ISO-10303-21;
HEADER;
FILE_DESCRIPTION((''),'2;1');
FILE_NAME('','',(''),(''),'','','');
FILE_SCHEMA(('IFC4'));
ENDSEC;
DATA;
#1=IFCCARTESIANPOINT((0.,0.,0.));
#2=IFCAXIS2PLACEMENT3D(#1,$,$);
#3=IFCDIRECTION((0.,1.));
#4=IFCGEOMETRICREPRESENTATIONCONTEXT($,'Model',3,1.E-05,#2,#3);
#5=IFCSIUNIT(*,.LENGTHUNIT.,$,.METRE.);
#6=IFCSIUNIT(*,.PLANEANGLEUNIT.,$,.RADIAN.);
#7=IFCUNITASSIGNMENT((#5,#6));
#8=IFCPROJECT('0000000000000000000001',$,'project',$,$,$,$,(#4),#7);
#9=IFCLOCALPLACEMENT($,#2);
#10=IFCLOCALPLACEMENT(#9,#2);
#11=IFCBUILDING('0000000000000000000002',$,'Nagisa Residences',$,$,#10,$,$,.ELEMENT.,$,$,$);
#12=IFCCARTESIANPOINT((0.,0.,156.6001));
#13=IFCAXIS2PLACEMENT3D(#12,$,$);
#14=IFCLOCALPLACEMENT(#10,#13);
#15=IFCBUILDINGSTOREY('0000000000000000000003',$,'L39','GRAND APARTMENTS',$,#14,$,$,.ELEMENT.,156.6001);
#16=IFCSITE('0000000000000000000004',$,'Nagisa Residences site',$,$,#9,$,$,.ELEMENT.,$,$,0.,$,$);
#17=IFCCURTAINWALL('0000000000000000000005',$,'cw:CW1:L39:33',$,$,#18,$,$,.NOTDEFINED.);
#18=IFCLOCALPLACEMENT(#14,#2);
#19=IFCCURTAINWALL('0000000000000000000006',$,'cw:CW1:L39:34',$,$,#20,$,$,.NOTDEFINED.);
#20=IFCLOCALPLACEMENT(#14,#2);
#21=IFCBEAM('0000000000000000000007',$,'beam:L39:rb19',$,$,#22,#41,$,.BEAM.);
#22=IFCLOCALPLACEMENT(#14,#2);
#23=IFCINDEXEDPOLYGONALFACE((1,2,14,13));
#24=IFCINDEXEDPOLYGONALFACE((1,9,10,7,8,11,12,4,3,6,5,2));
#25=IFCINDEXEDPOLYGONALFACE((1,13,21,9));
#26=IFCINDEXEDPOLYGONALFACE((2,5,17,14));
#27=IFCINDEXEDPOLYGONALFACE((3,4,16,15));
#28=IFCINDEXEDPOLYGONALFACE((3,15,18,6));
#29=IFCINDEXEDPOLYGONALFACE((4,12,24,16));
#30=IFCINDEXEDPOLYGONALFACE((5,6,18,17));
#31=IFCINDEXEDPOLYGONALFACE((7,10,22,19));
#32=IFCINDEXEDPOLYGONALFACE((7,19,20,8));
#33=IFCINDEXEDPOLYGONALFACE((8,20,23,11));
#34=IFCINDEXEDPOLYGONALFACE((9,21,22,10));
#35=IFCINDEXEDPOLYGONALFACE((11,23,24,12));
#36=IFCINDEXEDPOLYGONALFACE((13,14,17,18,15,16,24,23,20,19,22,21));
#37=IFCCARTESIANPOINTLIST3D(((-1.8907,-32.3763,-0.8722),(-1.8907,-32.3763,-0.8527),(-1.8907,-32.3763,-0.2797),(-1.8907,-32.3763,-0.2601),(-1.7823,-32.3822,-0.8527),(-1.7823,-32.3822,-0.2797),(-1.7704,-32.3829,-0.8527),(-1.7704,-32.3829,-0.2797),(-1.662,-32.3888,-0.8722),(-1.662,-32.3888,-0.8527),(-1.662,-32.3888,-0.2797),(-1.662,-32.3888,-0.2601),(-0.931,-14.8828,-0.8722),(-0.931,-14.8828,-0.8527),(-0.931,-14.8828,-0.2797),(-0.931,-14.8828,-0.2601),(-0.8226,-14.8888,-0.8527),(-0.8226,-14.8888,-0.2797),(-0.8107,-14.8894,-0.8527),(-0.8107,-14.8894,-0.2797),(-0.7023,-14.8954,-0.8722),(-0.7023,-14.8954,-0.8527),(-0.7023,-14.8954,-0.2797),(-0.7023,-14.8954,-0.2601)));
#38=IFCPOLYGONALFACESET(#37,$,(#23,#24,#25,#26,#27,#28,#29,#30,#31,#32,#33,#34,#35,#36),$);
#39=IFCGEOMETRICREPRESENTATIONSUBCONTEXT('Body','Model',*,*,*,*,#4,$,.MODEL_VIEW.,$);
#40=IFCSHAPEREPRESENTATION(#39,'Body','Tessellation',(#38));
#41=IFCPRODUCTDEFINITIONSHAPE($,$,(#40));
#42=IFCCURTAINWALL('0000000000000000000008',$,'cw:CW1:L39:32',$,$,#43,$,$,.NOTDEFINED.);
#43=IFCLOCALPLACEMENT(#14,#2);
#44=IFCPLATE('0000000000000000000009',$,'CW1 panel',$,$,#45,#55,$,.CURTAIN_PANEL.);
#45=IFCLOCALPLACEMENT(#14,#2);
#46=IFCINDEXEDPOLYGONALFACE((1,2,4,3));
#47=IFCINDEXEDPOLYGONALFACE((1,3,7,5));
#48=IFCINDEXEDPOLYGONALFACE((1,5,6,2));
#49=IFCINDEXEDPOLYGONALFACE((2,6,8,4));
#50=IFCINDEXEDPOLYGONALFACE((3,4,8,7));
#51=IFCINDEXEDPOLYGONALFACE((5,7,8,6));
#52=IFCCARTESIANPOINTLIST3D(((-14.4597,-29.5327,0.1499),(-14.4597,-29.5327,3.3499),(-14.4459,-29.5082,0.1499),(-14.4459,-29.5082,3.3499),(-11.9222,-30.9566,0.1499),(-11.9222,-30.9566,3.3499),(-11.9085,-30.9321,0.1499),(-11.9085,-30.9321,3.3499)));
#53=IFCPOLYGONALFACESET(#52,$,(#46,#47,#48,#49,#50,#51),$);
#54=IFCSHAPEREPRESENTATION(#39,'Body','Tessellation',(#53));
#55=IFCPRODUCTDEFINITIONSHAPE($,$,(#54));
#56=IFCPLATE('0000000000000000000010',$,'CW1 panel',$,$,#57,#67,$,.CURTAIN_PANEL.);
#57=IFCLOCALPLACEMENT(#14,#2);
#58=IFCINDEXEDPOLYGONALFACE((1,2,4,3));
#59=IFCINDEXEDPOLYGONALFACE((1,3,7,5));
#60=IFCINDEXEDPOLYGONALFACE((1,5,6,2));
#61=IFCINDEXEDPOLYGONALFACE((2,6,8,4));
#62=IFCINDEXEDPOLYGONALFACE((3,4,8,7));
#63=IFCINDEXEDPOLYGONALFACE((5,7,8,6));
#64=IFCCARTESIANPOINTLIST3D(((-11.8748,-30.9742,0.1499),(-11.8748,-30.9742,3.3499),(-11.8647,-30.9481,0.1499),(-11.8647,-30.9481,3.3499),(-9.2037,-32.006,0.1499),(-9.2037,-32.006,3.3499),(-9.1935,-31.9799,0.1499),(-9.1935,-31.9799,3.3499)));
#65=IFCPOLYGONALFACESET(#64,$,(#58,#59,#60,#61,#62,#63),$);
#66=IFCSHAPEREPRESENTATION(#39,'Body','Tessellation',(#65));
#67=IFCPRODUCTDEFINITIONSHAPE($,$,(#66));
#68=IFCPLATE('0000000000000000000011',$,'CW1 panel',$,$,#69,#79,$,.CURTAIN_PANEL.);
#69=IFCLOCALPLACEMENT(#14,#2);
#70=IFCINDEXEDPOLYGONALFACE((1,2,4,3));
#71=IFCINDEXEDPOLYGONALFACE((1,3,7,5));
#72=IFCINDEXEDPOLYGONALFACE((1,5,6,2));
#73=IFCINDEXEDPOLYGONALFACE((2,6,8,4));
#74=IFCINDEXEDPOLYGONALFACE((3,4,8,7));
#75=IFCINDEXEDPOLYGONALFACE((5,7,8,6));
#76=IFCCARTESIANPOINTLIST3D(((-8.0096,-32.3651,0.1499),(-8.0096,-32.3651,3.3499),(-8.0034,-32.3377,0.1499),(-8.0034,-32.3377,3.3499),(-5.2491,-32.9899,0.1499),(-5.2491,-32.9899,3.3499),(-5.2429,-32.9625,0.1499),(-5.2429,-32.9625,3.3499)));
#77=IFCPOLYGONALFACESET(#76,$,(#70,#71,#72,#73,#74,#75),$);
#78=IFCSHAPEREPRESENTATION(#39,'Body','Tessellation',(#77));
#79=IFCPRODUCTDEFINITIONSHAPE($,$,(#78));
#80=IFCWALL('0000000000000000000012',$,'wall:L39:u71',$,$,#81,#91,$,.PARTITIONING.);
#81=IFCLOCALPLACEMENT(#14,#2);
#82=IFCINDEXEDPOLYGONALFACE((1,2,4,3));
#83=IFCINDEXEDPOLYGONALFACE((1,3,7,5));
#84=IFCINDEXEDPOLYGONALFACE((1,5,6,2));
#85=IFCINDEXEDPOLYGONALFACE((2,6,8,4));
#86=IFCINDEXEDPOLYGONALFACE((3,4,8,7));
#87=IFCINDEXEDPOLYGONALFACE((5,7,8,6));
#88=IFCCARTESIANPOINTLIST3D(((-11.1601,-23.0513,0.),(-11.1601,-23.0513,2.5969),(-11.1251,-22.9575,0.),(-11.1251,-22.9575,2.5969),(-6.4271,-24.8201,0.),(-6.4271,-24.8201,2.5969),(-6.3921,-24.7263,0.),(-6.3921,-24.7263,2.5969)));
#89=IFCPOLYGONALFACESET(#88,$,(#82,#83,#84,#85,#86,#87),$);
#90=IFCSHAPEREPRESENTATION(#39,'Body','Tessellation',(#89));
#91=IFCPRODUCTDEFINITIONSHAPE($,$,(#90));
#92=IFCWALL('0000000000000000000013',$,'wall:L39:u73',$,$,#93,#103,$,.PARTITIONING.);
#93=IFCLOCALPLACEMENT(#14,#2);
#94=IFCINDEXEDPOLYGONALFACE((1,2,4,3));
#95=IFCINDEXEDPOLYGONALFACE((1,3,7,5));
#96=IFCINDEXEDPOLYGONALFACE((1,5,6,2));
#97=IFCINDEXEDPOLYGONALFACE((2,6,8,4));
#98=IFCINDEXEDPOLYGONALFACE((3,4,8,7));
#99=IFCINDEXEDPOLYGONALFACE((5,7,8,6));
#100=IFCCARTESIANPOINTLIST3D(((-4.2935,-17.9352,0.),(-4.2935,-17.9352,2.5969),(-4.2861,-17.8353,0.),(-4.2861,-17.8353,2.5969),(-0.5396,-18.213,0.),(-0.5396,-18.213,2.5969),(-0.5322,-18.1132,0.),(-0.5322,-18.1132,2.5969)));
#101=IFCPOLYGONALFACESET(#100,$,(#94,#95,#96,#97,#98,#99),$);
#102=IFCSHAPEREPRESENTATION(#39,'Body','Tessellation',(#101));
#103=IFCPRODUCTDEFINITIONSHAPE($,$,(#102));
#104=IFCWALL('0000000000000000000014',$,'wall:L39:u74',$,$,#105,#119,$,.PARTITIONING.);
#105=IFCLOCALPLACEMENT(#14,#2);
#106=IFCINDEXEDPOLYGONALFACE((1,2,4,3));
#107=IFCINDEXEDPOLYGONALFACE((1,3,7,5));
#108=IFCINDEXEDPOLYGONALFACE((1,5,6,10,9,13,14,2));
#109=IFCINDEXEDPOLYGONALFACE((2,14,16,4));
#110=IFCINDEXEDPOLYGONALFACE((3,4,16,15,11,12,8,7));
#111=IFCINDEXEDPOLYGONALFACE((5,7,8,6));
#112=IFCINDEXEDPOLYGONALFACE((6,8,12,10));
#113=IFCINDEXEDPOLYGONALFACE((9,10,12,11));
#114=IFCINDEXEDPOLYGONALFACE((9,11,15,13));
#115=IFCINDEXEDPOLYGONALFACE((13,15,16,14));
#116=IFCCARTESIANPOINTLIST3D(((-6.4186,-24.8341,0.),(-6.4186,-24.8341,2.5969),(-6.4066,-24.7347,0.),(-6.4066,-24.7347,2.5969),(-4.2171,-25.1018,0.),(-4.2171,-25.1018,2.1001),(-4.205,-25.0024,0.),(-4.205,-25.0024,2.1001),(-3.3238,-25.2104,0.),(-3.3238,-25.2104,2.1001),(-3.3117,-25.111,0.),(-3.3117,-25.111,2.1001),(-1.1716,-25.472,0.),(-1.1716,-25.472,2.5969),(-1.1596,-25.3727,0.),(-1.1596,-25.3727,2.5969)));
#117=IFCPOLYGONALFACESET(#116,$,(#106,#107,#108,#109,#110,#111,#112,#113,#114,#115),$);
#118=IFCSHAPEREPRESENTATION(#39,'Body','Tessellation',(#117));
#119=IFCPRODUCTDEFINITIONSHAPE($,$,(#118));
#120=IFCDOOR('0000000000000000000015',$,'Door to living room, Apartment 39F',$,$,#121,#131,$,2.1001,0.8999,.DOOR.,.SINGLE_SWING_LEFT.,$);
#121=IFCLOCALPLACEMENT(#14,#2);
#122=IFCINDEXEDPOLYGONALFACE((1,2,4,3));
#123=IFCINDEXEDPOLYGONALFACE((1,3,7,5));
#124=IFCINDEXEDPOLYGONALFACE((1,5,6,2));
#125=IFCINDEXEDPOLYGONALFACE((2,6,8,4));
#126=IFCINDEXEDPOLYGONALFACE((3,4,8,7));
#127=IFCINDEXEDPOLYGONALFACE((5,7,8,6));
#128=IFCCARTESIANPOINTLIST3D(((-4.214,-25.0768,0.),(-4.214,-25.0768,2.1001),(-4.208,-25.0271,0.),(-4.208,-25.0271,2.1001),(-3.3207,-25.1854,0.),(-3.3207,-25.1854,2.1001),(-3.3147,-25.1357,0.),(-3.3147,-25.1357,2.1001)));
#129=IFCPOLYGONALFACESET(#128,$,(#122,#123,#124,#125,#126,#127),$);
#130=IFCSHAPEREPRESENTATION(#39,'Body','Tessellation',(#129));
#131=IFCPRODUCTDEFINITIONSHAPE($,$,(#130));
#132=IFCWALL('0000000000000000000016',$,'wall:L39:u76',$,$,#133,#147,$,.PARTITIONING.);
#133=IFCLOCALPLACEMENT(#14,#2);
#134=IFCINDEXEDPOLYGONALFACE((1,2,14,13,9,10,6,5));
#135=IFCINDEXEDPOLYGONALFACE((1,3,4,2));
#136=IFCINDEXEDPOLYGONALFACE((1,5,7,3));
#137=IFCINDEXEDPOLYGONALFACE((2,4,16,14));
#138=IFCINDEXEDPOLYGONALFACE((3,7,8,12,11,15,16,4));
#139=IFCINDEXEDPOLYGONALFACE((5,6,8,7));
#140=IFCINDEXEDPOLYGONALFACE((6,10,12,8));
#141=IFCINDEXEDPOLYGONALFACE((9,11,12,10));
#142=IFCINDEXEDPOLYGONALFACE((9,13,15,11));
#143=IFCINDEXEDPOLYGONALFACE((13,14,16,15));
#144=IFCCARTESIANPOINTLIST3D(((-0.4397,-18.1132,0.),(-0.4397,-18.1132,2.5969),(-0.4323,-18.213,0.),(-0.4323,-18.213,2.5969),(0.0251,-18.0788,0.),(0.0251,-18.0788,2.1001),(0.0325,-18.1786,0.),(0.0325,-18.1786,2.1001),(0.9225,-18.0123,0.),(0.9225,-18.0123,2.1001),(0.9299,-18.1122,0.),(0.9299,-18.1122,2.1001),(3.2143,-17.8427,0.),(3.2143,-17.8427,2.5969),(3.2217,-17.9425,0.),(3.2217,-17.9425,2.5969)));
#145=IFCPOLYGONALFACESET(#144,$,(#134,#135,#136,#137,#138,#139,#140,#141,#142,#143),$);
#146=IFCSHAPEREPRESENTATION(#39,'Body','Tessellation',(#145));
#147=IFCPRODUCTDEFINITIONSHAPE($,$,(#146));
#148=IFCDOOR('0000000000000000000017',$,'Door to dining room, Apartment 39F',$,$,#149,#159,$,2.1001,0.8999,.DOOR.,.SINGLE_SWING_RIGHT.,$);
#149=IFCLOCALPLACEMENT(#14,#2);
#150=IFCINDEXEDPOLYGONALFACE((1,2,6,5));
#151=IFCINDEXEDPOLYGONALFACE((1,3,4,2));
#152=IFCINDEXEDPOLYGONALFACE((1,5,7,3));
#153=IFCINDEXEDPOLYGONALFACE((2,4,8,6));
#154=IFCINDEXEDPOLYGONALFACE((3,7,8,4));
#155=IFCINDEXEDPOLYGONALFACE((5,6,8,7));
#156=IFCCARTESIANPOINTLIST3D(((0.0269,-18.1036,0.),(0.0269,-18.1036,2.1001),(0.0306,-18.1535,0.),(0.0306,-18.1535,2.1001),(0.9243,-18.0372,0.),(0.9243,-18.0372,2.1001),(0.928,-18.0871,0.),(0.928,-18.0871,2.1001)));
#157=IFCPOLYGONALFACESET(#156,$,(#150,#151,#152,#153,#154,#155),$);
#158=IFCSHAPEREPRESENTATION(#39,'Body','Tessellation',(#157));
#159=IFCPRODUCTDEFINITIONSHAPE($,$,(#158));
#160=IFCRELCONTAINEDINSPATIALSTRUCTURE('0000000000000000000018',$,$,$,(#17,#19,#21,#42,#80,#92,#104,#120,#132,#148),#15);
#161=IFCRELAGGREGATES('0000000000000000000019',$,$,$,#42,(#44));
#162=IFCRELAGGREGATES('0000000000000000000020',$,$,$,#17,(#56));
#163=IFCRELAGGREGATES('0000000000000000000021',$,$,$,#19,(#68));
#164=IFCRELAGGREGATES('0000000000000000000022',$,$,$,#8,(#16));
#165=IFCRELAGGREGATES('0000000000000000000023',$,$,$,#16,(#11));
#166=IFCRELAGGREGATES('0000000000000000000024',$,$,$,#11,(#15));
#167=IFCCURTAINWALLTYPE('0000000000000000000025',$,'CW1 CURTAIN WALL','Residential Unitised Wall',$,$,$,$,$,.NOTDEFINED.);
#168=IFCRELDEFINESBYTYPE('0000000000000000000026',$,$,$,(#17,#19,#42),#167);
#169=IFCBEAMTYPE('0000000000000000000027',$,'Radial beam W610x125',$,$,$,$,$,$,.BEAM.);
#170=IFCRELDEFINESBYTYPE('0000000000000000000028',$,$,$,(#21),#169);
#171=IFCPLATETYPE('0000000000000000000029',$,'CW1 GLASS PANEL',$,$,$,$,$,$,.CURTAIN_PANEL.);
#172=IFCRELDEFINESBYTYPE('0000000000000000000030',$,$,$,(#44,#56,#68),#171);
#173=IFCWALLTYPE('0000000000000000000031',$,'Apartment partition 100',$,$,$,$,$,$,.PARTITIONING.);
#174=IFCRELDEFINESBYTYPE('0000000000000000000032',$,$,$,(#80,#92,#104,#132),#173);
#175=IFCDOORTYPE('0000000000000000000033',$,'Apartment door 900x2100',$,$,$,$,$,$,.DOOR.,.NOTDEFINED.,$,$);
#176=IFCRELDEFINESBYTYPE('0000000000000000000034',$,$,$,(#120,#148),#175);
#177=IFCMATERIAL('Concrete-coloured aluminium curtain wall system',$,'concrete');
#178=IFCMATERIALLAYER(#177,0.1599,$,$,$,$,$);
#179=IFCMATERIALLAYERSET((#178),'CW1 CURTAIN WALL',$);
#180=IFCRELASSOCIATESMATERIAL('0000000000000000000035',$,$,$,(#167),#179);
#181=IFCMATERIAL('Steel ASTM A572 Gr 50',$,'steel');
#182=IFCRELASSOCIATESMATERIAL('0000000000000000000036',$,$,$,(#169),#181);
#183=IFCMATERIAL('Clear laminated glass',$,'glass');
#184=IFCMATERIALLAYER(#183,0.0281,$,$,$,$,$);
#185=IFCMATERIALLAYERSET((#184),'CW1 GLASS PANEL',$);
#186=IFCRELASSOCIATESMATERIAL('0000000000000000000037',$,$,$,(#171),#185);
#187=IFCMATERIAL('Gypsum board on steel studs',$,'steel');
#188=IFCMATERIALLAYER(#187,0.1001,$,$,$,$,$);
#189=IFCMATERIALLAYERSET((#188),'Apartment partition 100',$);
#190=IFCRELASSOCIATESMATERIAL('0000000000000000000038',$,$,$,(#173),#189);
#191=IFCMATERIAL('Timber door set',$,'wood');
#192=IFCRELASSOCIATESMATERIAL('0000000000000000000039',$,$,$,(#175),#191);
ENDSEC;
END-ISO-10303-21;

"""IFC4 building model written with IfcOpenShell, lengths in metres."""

from ifc_helpers import new_model, si_unit, direction, frame, frame_2d, origin, origin_2d, place, context, subcontext, project, spatial, rectangle, i_section, extrude, material, layer, layer_set, material_profile, profile_set, type_object, element, fill, aggregate, save


model = new_model("IFC4")

# Units and contexts
model_context = context("Model", 3, precision=1e-05, world=origin(), true_north=direction((0.0, 1.0)))
body_context = subcontext(model_context, "Body", "Model", "MODEL_VIEW")
ifc_project = project(units=[si_unit("LENGTHUNIT", "METRE"), si_unit("PLANEANGLEUNIT", "RADIAN")], contexts=[model_context])

# Site, building, storey
site_placement = place(None, origin())
site = spatial("IfcSite", under=ifc_project, at=site_placement, Name="Nagisa Residences site", CompositionType="ELEMENT", RefElevation=0.0)
building_placement = place(site_placement, origin())
building = spatial("IfcBuilding", under=site, at=building_placement, Name="Nagisa Residences", CompositionType="ELEMENT")
storey_placement = place(building_placement, frame((0.0, 0.0, 156.6001)))
storey = spatial("IfcBuildingStorey", under=building, at=storey_placement, Name="L39", Description="GRAND APARTMENTS", CompositionType="ELEMENT", Elevation=156.6001)

# Curtain walls
ifc_material_1 = material(Name="Concrete-coloured aluminium curtain wall system", Category="concrete")
ifc_layer_1 = layer(ifc_material_1, 0.1599)
ifc_layer_set_1 = layer_set([ifc_layer_1], Name="CW1 CURTAIN WALL")
curtain_wall_type = type_object("IfcCurtainWallType", Name="CW1 CURTAIN WALL", Description="Residential Unitised Wall", PredefinedType="NOTDEFINED", material=ifc_layer_set_1)
curtain_wall_1_placement = place(storey_placement, origin())
curtain_wall_1 = element("IfcCurtainWall", 1, at=curtain_wall_1_placement, inside=storey, type_object=curtain_wall_type, Name="cw:CW1:L39:33", PredefinedType="NOTDEFINED")
curtain_wall_2_placement = place(storey_placement, origin())
curtain_wall_2 = element("IfcCurtainWall", 2, at=curtain_wall_2_placement, inside=storey, type_object=curtain_wall_type, Name="cw:CW1:L39:34", PredefinedType="NOTDEFINED")

# Beam
ifc_material_2 = material(Name="Steel ASTM A572 Gr 50", Category="steel")
ifc_material_profile_1 = material_profile(ifc_material_2, i_section(OverallWidth=0.229, OverallDepth=0.6121, WebThickness=0.012, FlangeThickness=0.0195, at=origin_2d()), Name="W610x125")
ifc_profile_set_1 = profile_set([ifc_material_profile_1], Name="Steel ASTM A572 Gr 50")
beam_type_1 = type_object("IfcBeamType", Name="Radial beam W610x125", PredefinedType="BEAM", material=ifc_profile_set_1)
beam_1_placement = place(storey_placement, frame((-1.7764, -32.3826, -0.5662), z_axis=(0.054779, 0.998498, 0.0), x_axis=(-0.998498, 0.054779, 0.0)))
element("IfcBeam", 3, at=beam_1_placement, inside=storey, type_object=beam_type_1, Name="beam:L39:rb19", PredefinedType="BEAM", context=body_context, shape_type="SweptSolid", body=[
    extrude(i_section(OverallWidth=0.229, OverallDepth=0.6121, WebThickness=0.012, FlangeThickness=0.0195, at=origin_2d()), origin(), (0.0, 0.0, 1.0), 17.5198),
])

# Curtain wall, plate
curtain_wall_3_placement = place(storey_placement, origin())
curtain_wall_3 = element("IfcCurtainWall", 4, at=curtain_wall_3_placement, inside=storey, type_object=curtain_wall_type, Name="cw:CW1:L39:32", PredefinedType="NOTDEFINED")
ifc_material_3 = material(Name="Clear laminated glass", Category="glass")
ifc_layer_2 = layer(ifc_material_3, 0.0281)
ifc_layer_set_2 = layer_set([ifc_layer_2], Name="CW1 GLASS PANEL")
plate_type = type_object("IfcPlateType", Name="CW1 GLASS PANEL", PredefinedType="CURTAIN_PANEL", material=ifc_layer_set_2)
plate_1_placement = place(storey_placement, frame((-13.1841, -30.2324, 0.1499), z_axis=(0.0, 0.0, 1.0), x_axis=(0.872072, -0.489377, 0.0)))
plate_1 = element("IfcPlate", 5, at=plate_1_placement, type_object=plate_type, Name="CW1 panel", PredefinedType="CURTAIN_PANEL", context=body_context, shape_type="SweptSolid", body=[
    extrude(rectangle(XDim=2.9097, YDim=0.0281, at=origin_2d()), origin(), (0.0, 0.0, 1.0), 3.2),
])
aggregate(curtain_wall_3, [plate_1])

# Plates
plate_2_placement = place(storey_placement, frame((-10.5342, -31.4771, 0.1499), z_axis=(0.0, 0.0, 1.0), x_axis=(0.932826, -0.360328, 0.0)))
plate_2 = element("IfcPlate", 6, at=plate_2_placement, type_object=plate_type, Name="CW1 panel", PredefinedType="CURTAIN_PANEL", context=body_context, shape_type="SweptSolid", body=[
    extrude(rectangle(XDim=2.8635, YDim=0.0281, at=origin_2d()), origin(), (0.0, 0.0, 1.0), 3.2),
])
aggregate(curtain_wall_1, [plate_2])
plate_3_placement = place(storey_placement, frame((-6.6262, -32.6638, 0.1499), z_axis=(0.0, 0.0, 1.0), x_axis=(0.975327, -0.220764, 0.0)))
plate_3 = element("IfcPlate", 7, at=plate_3_placement, type_object=plate_type, Name="CW1 panel", PredefinedType="CURTAIN_PANEL", context=body_context, shape_type="SweptSolid", body=[
    extrude(rectangle(XDim=2.8303, YDim=0.0281, at=origin_2d()), origin(), (0.0, 0.0, 1.0), 3.2),
])
aggregate(curtain_wall_2, [plate_3])

# Walls
ifc_material_4 = material(Name="Gypsum board on steel studs", Category="steel")
ifc_layer_3 = layer(ifc_material_4, 0.1001)
ifc_layer_set_3 = layer_set([ifc_layer_3], Name="Apartment partition 100")
wall_type_1 = type_object("IfcWallType", Name="Apartment partition 100", PredefinedType="PARTITIONING", material=ifc_layer_set_3)
wall_1_placement = place(storey_placement, frame((-11.1426, -23.0044, 0.0), z_axis=(0.0, 0.0, 1.0), x_axis=(0.936722, -0.350075, 0.0)))
element("IfcWall", 8, at=wall_1_placement, inside=storey, type_object=wall_type_1, Name="wall:L39:u71", PredefinedType="PARTITIONING", context=body_context, shape_type="SweptSolid", body=[
    extrude(rectangle(XDim=5.0527, YDim=0.1001, at=frame_2d((2.5264, 0.0))), origin(), (0.0, 0.0, 1.0), 2.5969),
])
wall_2_placement = place(storey_placement, frame((-4.2898, -17.8853, 0.0), z_axis=(0.0, 0.0, 1.0), x_axis=(0.997272, -0.07381, 0.0)))
element("IfcWall", 9, at=wall_2_placement, inside=storey, type_object=wall_type_1, Name="wall:L39:u73", PredefinedType="PARTITIONING", context=body_context, shape_type="SweptSolid", body=[
    extrude(rectangle(XDim=3.7642, YDim=0.1001, at=frame_2d((1.8821, 0.0))), origin(), (0.0, 0.0, 1.0), 2.5969),
])

# Walls, openings, doors
wall_3_placement = place(storey_placement, frame((-6.4126, -24.7844, 0.0), z_axis=(0.0, 0.0, 1.0), x_axis=(0.99269, -0.120691, 0.0)))
wall_3 = element("IfcWall", 10, at=wall_3_placement, inside=storey, type_object=wall_type_1, Name="wall:L39:u74", PredefinedType="PARTITIONING", context=body_context, shape_type="SweptSolid", body=[
    extrude(rectangle(XDim=5.2856, YDim=0.1001, at=frame_2d((2.6428, 0.0))), origin(), (0.0, 0.0, 1.0), 2.5969),
])
opening_1_placement = place(wall_3_placement, frame((2.2178, 0.0, 0.0)))
opening_1 = element("IfcOpeningElement", 11, at=opening_1_placement, cuts=wall_3, PredefinedType="OPENING", context=body_context, shape_type="SweptSolid", body=[
    extrude(rectangle(XDim=0.8999, YDim=2.1001, at=frame_2d((0.45, 1.05))), frame((0.0, 0.0601, 0.0), z_axis=(0.0, -1.0, 0.0), x_axis=(1.0, 0.0, 0.0)), (0.0, 0.0, 1.0), 0.1201),
])
ifc_material_5 = material(Name="Timber door set", Category="wood")
door_type_1 = type_object("IfcDoorType", Name="Apartment door 900x2100", OperationType="NOTDEFINED", PredefinedType="DOOR", material=ifc_material_5)
door_1_placement = place(opening_1_placement, frame((0.8999, 0.0, 0.0), x_axis=(-1.0, 0.0, 0.0)))
door_1 = element("IfcDoor", 12, at=door_1_placement, inside=storey, type_object=door_type_1, Name="Door to living room, Apartment 39F", OperationType="SINGLE_SWING_LEFT", OverallHeight=2.1001, OverallWidth=0.8999, PredefinedType="DOOR", context=body_context, shape_type="SweptSolid", body=[
    extrude(rectangle(XDim=0.8999, YDim=2.1001, at=frame_2d((0.45, 1.05))), frame((0.0, 0.0249, 0.0), z_axis=(0.0, -1.0, 0.0), x_axis=(1.0, 0.0, 0.0)), (0.0, 0.0, 1.0), 0.05),
])
fill(opening_1, door_1)
wall_4_placement = place(storey_placement, frame((-0.436, -18.1631, 0.0), z_axis=(0.0, 0.0, 1.0), x_axis=(0.997271, 0.073828, 0.0)))
wall_4 = element("IfcWall", 13, at=wall_4_placement, inside=storey, type_object=wall_type_1, Name="wall:L39:u76", PredefinedType="PARTITIONING", context=body_context, shape_type="SweptSolid", body=[
    extrude(rectangle(XDim=3.6641, YDim=0.1001, at=frame_2d((1.832, 0.0))), origin(), (0.0, 0.0, 1.0), 2.5969),
])
opening_2_placement = place(wall_4_placement, frame((0.4661, 0.0, 0.0)))
opening_2 = element("IfcOpeningElement", 14, at=opening_2_placement, cuts=wall_4, PredefinedType="OPENING", context=body_context, shape_type="SweptSolid", body=[
    extrude(rectangle(XDim=0.8999, YDim=2.1001, at=frame_2d((0.45, 1.05))), frame((0.0, 0.0601, 0.0), z_axis=(0.0, -1.0, 0.0), x_axis=(1.0, 0.0, 0.0)), (0.0, 0.0, 1.0), 0.1201),
])
door_2_placement = place(opening_2_placement, frame((0.8999, 0.0, 0.0), x_axis=(-1.0, 0.0, 0.0)))
door_2 = element("IfcDoor", 15, at=door_2_placement, inside=storey, type_object=door_type_1, Name="Door to dining room, Apartment 39F", OperationType="SINGLE_SWING_RIGHT", OverallHeight=2.1001, OverallWidth=0.8999, PredefinedType="DOOR", context=body_context, shape_type="SweptSolid", body=[
    extrude(rectangle(XDim=0.8999, YDim=2.1001, at=frame_2d((0.45, 1.05))), frame((0.0, 0.0249, 0.0), z_axis=(0.0, -1.0, 0.0), x_axis=(1.0, 0.0, 0.0)), (0.0, 0.0, 1.0), 0.05),
])
fill(opening_2, door_2)

save(model, "model.ifc")
